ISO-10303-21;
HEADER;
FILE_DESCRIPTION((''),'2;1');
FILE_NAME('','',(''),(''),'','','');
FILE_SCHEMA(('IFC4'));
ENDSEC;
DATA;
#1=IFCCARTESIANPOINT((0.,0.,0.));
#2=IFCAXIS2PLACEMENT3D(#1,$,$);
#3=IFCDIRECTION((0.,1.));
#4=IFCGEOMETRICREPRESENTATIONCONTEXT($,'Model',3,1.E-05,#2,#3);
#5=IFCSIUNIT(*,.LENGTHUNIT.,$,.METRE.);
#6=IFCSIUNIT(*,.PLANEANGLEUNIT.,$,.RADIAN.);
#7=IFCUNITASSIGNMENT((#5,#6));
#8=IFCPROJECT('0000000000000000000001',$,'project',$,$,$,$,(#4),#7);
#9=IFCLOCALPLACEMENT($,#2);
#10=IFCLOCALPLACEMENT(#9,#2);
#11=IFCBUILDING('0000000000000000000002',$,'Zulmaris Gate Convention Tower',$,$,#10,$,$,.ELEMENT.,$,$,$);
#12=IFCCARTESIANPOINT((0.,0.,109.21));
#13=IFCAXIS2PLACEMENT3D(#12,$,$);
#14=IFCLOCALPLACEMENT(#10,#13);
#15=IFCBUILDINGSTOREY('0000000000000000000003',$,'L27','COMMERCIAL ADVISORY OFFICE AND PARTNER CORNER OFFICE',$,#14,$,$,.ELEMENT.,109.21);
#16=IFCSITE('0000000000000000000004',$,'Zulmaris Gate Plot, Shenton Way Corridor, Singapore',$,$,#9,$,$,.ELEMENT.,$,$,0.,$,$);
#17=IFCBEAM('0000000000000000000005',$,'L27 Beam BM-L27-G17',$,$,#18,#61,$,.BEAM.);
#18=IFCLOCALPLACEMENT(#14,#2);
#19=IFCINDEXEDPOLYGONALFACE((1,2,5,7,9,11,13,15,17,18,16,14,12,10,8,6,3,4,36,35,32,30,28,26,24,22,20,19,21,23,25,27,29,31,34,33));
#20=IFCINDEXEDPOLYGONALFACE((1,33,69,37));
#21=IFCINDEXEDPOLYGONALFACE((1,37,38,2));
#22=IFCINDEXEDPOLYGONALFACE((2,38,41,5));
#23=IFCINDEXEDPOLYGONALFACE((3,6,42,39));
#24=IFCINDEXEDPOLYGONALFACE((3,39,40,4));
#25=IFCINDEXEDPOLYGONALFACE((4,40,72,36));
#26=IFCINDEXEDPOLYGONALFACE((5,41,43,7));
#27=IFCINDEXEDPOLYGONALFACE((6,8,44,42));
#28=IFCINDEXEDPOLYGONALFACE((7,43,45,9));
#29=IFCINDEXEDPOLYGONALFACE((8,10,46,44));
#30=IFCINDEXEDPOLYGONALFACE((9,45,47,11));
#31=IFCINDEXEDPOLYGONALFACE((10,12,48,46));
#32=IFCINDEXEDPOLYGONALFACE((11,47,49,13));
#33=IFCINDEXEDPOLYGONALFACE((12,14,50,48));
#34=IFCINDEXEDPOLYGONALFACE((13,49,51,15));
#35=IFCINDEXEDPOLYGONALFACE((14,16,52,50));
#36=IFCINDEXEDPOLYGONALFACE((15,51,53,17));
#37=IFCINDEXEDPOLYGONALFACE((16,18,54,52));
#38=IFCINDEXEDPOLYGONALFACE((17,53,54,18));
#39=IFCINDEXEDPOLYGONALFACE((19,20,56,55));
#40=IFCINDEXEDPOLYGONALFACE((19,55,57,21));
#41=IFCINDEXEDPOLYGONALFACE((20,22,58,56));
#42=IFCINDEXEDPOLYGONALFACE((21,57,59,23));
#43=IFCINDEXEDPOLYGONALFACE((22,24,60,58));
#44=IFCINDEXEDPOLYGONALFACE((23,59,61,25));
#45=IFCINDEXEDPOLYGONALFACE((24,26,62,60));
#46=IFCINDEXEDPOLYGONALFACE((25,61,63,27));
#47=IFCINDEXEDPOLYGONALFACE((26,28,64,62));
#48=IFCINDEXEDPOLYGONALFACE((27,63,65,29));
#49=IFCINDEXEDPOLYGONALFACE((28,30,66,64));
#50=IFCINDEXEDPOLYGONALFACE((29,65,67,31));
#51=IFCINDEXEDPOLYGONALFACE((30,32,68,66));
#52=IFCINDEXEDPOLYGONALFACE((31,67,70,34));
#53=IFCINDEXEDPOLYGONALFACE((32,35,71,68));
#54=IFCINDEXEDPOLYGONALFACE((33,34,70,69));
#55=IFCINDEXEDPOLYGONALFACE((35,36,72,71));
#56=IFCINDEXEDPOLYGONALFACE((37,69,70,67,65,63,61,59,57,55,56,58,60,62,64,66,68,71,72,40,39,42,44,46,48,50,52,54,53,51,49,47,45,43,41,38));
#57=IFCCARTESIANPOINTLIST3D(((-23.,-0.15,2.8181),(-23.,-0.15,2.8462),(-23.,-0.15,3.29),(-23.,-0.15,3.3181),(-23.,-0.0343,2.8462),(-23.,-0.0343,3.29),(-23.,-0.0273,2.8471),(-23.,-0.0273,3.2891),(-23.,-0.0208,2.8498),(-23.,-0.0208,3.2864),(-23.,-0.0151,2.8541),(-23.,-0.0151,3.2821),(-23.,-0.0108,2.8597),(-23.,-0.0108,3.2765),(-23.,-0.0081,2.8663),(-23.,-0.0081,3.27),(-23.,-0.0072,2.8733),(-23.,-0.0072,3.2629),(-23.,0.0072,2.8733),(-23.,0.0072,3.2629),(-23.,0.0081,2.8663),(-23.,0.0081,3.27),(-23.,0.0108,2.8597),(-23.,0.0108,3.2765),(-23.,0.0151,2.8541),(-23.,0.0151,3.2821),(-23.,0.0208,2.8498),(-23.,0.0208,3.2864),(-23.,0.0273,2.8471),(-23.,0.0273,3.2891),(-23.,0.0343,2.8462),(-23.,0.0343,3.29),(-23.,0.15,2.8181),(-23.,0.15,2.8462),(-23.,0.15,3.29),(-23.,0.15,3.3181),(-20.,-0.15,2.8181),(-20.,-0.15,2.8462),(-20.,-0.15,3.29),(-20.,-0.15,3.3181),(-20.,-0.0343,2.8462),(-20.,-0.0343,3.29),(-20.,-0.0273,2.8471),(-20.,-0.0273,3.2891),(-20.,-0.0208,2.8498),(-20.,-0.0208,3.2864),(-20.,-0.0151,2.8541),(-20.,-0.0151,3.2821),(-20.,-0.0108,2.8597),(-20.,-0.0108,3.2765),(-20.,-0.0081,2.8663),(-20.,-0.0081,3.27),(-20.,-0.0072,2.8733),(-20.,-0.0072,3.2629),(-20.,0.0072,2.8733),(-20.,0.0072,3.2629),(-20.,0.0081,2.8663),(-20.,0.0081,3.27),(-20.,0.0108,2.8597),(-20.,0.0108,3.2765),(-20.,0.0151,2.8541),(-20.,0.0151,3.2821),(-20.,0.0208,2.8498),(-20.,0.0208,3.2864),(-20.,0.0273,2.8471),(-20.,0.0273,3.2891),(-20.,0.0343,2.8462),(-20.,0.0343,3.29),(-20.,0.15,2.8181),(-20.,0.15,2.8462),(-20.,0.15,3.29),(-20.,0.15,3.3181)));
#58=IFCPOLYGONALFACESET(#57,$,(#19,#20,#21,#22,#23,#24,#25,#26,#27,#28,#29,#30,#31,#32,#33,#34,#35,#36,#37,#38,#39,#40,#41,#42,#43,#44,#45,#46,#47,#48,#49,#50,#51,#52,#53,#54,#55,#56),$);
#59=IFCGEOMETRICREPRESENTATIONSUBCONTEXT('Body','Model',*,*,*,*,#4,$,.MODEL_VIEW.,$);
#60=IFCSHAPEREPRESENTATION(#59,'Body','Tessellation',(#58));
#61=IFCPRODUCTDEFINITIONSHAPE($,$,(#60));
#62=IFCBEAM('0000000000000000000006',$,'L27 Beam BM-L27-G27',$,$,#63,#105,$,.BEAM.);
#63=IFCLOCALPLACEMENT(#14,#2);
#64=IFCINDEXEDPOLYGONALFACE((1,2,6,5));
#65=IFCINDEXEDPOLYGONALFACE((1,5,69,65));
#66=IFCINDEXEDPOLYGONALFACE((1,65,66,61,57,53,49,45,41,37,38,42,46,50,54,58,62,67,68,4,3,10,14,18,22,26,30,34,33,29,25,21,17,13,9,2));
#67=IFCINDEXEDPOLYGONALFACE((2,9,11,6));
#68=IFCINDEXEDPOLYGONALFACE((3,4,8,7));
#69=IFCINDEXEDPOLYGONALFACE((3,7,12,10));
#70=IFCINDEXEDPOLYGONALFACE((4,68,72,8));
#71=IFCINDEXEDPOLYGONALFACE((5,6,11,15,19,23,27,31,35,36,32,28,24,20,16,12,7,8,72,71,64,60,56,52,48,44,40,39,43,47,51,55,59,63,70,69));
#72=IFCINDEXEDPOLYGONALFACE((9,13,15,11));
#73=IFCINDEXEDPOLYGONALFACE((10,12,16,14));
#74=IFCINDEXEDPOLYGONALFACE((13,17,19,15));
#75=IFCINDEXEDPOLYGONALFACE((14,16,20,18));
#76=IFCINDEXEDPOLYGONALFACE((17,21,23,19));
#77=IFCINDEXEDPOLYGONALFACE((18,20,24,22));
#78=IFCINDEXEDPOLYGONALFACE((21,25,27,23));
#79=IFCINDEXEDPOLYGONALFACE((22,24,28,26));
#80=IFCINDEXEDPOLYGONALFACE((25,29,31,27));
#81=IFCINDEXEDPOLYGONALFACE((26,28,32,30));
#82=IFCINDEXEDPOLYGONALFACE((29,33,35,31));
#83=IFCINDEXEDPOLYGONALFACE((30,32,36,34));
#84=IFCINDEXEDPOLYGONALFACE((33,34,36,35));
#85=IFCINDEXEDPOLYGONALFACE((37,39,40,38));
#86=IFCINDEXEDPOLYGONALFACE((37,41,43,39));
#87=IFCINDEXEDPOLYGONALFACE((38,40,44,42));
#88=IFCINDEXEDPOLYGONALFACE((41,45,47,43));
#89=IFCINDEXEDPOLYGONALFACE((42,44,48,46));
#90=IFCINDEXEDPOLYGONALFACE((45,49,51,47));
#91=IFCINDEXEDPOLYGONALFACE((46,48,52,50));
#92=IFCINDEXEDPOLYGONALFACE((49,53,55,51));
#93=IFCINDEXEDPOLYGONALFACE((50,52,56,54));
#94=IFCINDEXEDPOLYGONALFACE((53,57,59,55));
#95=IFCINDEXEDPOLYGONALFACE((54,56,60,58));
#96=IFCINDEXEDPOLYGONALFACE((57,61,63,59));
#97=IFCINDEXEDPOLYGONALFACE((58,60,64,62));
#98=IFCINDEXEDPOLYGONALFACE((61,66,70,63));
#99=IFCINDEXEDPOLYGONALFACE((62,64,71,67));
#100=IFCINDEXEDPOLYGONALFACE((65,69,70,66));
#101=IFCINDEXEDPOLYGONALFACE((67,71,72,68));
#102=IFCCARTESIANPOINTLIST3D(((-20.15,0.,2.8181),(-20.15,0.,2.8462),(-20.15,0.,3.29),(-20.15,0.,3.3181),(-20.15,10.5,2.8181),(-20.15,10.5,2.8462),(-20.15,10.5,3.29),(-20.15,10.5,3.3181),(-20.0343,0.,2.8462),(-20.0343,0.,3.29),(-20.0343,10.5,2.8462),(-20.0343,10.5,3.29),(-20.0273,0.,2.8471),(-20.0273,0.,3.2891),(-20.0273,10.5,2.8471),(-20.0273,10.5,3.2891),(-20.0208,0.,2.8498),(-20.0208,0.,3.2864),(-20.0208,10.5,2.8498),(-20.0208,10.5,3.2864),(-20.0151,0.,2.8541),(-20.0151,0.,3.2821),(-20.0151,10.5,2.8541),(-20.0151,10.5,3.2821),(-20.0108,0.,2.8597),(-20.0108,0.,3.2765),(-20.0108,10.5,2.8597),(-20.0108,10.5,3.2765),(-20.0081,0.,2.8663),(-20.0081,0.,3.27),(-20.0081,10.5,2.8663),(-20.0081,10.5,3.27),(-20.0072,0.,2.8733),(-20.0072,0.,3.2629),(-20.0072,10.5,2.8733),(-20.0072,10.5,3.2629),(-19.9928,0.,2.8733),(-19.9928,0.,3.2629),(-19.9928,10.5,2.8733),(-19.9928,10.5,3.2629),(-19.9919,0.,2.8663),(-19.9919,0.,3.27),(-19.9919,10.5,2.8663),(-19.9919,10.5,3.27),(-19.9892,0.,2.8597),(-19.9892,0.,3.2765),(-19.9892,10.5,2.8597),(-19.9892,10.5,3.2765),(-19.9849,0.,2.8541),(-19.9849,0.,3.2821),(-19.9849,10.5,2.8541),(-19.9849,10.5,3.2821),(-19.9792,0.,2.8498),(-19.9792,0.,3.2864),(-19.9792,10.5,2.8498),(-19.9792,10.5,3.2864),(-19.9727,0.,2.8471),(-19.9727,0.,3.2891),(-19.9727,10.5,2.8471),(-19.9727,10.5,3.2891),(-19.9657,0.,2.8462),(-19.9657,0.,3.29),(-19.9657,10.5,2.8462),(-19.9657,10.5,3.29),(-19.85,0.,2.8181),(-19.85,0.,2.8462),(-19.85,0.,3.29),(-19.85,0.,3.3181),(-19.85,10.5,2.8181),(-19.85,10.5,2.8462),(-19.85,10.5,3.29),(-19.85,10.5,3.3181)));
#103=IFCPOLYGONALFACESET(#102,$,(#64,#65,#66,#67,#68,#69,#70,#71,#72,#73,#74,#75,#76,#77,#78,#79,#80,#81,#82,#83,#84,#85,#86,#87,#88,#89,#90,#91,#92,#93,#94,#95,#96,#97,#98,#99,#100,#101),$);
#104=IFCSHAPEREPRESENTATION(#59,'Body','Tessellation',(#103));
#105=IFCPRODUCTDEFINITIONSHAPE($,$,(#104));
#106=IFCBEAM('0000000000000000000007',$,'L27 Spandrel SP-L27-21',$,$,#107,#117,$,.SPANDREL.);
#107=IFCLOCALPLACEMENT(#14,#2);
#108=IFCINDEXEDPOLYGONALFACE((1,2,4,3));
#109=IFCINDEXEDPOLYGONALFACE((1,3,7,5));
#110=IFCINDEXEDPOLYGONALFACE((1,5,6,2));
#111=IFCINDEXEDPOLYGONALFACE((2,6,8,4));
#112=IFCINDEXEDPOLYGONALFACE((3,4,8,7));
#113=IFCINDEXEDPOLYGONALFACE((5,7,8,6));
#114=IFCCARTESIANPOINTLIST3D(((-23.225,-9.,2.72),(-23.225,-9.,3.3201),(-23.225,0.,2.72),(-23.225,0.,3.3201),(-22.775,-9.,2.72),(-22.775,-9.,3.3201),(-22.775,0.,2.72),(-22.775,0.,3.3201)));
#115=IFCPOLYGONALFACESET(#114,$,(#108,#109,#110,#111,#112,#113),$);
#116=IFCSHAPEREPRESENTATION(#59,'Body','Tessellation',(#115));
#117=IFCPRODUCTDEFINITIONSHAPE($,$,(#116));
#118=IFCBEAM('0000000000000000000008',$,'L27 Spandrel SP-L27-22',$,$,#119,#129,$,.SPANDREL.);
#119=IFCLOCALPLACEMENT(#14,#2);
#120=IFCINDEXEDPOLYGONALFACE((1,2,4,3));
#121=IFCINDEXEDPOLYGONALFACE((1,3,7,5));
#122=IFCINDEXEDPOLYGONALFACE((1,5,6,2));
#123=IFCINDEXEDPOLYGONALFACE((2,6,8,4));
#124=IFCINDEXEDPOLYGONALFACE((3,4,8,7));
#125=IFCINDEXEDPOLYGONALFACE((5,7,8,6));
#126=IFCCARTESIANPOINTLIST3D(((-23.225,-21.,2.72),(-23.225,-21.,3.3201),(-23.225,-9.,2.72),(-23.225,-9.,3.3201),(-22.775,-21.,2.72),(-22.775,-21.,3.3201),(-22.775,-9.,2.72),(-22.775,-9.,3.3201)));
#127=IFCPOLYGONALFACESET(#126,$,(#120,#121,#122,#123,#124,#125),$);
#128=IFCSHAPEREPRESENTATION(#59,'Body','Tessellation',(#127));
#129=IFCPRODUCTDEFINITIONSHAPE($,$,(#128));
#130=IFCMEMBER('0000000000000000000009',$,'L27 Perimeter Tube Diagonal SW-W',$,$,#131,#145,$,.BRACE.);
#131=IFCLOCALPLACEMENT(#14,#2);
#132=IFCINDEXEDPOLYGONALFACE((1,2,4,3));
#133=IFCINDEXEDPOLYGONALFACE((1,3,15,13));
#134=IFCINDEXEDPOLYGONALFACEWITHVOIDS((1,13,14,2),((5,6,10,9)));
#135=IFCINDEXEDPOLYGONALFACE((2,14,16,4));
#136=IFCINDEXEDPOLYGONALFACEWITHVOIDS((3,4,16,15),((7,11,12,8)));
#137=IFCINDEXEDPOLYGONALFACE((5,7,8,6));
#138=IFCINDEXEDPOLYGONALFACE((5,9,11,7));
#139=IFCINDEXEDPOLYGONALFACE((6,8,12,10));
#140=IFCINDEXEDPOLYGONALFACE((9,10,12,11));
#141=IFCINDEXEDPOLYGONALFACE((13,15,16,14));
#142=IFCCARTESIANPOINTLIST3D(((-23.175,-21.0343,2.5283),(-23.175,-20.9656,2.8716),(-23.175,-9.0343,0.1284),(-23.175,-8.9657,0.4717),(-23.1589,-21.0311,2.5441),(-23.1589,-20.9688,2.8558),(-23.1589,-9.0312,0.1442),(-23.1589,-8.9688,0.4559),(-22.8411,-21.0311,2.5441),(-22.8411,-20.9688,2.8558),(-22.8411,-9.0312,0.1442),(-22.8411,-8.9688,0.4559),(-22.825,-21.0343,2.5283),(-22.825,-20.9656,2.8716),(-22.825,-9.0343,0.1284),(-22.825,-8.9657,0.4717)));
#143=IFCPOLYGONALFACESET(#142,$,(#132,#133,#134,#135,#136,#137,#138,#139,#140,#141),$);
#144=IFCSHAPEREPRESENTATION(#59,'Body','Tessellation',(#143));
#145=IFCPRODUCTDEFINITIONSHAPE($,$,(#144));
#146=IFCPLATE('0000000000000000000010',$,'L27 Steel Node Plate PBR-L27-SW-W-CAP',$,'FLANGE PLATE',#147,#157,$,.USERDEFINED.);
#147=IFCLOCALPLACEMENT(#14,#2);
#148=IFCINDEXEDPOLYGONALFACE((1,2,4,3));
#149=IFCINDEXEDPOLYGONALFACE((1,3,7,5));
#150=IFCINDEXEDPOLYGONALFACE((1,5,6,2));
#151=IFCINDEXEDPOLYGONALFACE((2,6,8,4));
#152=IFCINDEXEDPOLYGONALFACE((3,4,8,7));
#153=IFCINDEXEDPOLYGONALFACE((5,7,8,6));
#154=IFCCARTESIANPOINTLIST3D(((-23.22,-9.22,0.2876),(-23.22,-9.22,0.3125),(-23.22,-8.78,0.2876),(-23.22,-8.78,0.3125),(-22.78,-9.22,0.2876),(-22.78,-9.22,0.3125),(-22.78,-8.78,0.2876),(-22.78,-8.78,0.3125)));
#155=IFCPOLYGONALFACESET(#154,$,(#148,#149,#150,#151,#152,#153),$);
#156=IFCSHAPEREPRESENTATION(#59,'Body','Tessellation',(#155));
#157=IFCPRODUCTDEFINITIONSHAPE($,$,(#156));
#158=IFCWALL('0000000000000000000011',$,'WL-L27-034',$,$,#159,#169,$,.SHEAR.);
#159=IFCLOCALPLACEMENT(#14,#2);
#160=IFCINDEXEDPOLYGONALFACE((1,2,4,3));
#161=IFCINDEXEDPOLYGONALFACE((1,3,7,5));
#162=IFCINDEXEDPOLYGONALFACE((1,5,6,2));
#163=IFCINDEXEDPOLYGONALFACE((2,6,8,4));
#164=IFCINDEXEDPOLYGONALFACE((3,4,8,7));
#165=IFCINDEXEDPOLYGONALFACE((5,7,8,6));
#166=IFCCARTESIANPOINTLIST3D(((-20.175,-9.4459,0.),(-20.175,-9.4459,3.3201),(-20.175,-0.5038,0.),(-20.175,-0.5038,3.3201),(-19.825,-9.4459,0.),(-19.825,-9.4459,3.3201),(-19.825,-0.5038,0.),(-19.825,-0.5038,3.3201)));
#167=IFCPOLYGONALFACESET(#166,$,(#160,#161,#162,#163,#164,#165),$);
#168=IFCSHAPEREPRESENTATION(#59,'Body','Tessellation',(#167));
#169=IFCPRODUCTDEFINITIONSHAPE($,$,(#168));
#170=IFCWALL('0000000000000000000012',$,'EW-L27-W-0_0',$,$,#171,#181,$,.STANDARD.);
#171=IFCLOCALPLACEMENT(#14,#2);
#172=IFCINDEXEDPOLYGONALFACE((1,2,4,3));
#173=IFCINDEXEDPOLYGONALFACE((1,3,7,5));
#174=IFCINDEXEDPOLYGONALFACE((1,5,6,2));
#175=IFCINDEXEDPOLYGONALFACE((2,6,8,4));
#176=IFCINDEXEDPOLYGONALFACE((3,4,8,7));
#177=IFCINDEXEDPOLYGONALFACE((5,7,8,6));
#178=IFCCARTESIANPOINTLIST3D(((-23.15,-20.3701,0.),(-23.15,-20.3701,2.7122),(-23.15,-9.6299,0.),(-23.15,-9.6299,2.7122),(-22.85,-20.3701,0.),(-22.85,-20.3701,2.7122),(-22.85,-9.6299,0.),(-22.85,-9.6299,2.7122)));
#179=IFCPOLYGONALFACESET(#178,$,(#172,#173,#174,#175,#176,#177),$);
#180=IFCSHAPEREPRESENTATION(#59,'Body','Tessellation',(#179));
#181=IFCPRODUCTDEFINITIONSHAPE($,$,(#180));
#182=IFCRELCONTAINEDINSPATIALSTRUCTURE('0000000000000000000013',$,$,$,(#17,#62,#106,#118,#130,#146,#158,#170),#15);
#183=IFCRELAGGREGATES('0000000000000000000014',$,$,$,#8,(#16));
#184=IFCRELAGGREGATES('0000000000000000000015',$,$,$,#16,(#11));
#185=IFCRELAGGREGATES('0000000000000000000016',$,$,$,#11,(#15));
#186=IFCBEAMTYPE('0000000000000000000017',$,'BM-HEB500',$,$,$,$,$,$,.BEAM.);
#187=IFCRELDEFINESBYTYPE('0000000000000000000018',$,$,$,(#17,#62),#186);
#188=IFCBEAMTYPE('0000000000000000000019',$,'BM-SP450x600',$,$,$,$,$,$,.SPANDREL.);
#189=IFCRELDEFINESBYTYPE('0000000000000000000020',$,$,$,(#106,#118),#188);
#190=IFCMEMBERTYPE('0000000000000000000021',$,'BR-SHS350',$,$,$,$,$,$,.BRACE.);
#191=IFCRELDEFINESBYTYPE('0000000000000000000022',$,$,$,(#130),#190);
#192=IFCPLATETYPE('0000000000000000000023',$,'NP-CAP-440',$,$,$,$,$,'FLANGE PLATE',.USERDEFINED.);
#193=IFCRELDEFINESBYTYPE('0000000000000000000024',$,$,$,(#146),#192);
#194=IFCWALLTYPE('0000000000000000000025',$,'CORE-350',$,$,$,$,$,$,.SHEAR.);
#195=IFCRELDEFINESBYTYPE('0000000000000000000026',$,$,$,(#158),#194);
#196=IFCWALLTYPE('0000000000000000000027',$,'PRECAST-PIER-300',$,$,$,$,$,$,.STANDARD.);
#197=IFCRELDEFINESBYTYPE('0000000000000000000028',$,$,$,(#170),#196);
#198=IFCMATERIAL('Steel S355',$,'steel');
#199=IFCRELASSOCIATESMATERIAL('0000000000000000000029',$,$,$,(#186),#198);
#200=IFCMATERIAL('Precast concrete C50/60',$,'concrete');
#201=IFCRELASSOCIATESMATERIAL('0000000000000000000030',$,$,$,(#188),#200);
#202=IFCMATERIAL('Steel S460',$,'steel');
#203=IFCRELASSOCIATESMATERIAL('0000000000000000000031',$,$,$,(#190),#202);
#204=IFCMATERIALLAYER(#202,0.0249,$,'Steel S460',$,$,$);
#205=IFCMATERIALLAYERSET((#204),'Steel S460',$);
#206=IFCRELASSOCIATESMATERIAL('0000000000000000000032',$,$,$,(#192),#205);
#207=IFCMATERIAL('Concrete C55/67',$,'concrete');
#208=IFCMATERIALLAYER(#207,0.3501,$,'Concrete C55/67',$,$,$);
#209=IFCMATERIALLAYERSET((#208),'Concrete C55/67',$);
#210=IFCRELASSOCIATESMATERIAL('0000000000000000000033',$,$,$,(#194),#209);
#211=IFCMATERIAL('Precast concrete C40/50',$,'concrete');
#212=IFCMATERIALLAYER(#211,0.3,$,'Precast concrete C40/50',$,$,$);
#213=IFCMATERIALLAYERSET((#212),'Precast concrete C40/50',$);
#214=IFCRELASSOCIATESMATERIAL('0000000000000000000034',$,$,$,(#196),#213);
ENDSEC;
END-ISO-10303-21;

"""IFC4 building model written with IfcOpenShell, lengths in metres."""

from ifc_helpers import new_model, si_unit, direction, frame, frame_2d, origin, origin_2d, place, context, subcontext, project, spatial, rectangle, hollow_rectangle, i_section, extrude, material, layer, layer_set, material_profile, profile_set, type_object, element, save


model = new_model("IFC4")

# Units and contexts
model_context = context("Model", 3, precision=1e-05, world=origin(), true_north=direction((0.0, 1.0)))
body_context = subcontext(model_context, "Body", "Model", "MODEL_VIEW")
ifc_project = project(units=[si_unit("LENGTHUNIT", "METRE"), si_unit("PLANEANGLEUNIT", "RADIAN")], contexts=[model_context])

# Site, building, storey
site_placement = place(None, origin())
site = spatial("IfcSite", under=ifc_project, at=site_placement, Name="Zulmaris Gate Plot, Shenton Way Corridor, Singapore", CompositionType="ELEMENT", RefElevation=0.0)
building_placement = place(site_placement, origin())
building = spatial("IfcBuilding", under=site, at=building_placement, Name="Zulmaris Gate Convention Tower", CompositionType="ELEMENT")
storey_placement = place(building_placement, frame((0.0, 0.0, 109.21)))
storey = spatial("IfcBuildingStorey", under=building, at=storey_placement, Name="L27", Description="COMMERCIAL ADVISORY OFFICE AND PARTNER CORNER OFFICE", CompositionType="ELEMENT", Elevation=109.21)

# Beams
ifc_material_1 = material(Name="Steel S355", Category="steel")
ifc_material_profile_1 = material_profile(ifc_material_1, i_section(OverallWidth=0.3, OverallDepth=0.5, WebThickness=0.0144, FlangeThickness=0.0281, FilletRadius=0.0271, at=origin_2d()), Name="HEB 500")
ifc_profile_set_1 = profile_set([ifc_material_profile_1], Name="Steel S355")
beam_type_1 = type_object("IfcBeamType", Name="BM-HEB500", PredefinedType="BEAM", material=ifc_profile_set_1)
for number, where, z_axis, x_axis, name in (
    (1, (-23.0, 0.0, 3.0681), (1.0, 0.0, 0.0), (0.0, 1.0, 0.0), "L27 Beam BM-L27-G17"),
):
    element("IfcBeam", number, at=place(storey_placement, frame(where, z_axis=z_axis, x_axis=x_axis)), inside=storey, type_object=beam_type_1, Name=name, PredefinedType="BEAM", context=body_context, shape_type="SweptSolid", body=[
        extrude(i_section(OverallWidth=0.3, OverallDepth=0.5, WebThickness=0.0144, FlangeThickness=0.0281, FilletRadius=0.0271, at=origin_2d()), origin(), (0.0, 0.0, 1.0), 3.0),
    ])
beam_1_placement = place(storey_placement, frame((-20.0, 0.0, 3.0681), z_axis=(0.0, 1.0, 0.0), x_axis=(-1.0, 0.0, 0.0)))
element("IfcBeam", 2, at=beam_1_placement, inside=storey, type_object=beam_type_1, Name="L27 Beam BM-L27-G27", PredefinedType="BEAM", context=body_context, shape_type="SweptSolid", body=[
    extrude(i_section(OverallWidth=0.3, OverallDepth=0.5, WebThickness=0.0144, FlangeThickness=0.0281, FilletRadius=0.0271, at=origin_2d()), origin(), (0.0, 0.0, 1.0), 10.5),
])
ifc_material_2 = material(Name="Precast concrete C50/60", Category="concrete")
ifc_material_profile_2 = material_profile(ifc_material_2, rectangle(XDim=0.45, YDim=0.6001, at=origin_2d()), Name="RC SPANDREL 450x600")
ifc_profile_set_2 = profile_set([ifc_material_profile_2], Name="Precast concrete C50/60")
beam_type_2 = type_object("IfcBeamType", Name="BM-SP450x600", PredefinedType="SPANDREL", material=ifc_profile_set_2)
beam_2_placement = place(storey_placement, frame((-23.0, 0.0, 3.02), z_axis=(0.0, -1.0, 0.0), x_axis=(1.0, 0.0, 0.0)))
element("IfcBeam", 3, at=beam_2_placement, inside=storey, type_object=beam_type_2, Name="L27 Spandrel SP-L27-21", PredefinedType="SPANDREL", context=body_context, shape_type="SweptSolid", body=[
    extrude(rectangle(XDim=0.45, YDim=0.6001, at=origin_2d()), origin(), (0.0, 0.0, 1.0), 9.0),
])
beam_3_placement = place(storey_placement, frame((-23.0, -9.0, 3.02), z_axis=(0.0, -1.0, 0.0), x_axis=(1.0, 0.0, 0.0)))
element("IfcBeam", 4, at=beam_3_placement, inside=storey, type_object=beam_type_2, Name="L27 Spandrel SP-L27-22", PredefinedType="SPANDREL", context=body_context, shape_type="SweptSolid", body=[
    extrude(rectangle(XDim=0.45, YDim=0.6001, at=origin_2d()), origin(), (0.0, 0.0, 1.0), 12.0),
])

# Member
ifc_material_3 = material(Name="Steel S460", Category="steel")
ifc_material_profile_3 = material_profile(ifc_material_3, hollow_rectangle(XDim=0.3501, YDim=0.3501, WallThickness=0.0161, at=origin_2d()), Name="SHS 350x350x16")
ifc_profile_set_3 = profile_set([ifc_material_profile_3], Name="Steel S460")
member_type = type_object("IfcMemberType", Name="BR-SHS350", PredefinedType="BRACE", material=ifc_profile_set_3)
member_placement = place(storey_placement, frame((-23.0, -9.0, 0.3), z_axis=(0.0, -0.980582, 0.196108), x_axis=(1.0, 0.0, 0.0)))
element("IfcMember", 5, at=member_placement, inside=storey, type_object=member_type, Name="L27 Perimeter Tube Diagonal SW-W", PredefinedType="BRACE", context=body_context, shape_type="SweptSolid", body=[
    extrude(hollow_rectangle(XDim=0.3501, YDim=0.3501, WallThickness=0.0161, at=origin_2d()), origin(), (0.0, 0.0, 1.0), 12.2375),
])

# Plate
ifc_layer_1 = layer(ifc_material_3, 0.0249, Name="Steel S460")
ifc_layer_set_1 = layer_set([ifc_layer_1], Name="Steel S460")
plate_type = type_object("IfcPlateType", Name="NP-CAP-440", ElementType="FLANGE PLATE", PredefinedType="USERDEFINED", material=ifc_layer_set_1)
plate_placement = place(storey_placement, frame((-23.0, -9.0, 0.2876), z_axis=(0.0, 0.0, 1.0), x_axis=(1.0, 0.0, 0.0)))
element("IfcPlate", 6, at=plate_placement, inside=storey, type_object=plate_type, Name="L27 Steel Node Plate PBR-L27-SW-W-CAP", ObjectType="FLANGE PLATE", PredefinedType="USERDEFINED", context=body_context, shape_type="SweptSolid", body=[
    extrude(rectangle(XDim=0.4399, YDim=0.4399, at=origin_2d()), origin(), (0.0, 0.0, 1.0), 0.0249),
])

# Walls
ifc_material_4 = material(Name="Concrete C55/67", Category="concrete")
ifc_layer_2 = layer(ifc_material_4, 0.3501, Name="Concrete C55/67")
ifc_layer_set_2 = layer_set([ifc_layer_2], Name="Concrete C55/67")
wall_type_1 = type_object("IfcWallType", Name="CORE-350", PredefinedType="SHEAR", material=ifc_layer_set_2)
wall_1_placement = place(storey_placement, frame((-20.0, -9.446, 0.0), z_axis=(0.0, 0.0, 1.0), x_axis=(0.0, 1.0, 0.0)))
element("IfcWall", 7, at=wall_1_placement, inside=storey, type_object=wall_type_1, Name="WL-L27-034", PredefinedType="SHEAR", context=body_context, shape_type="SweptSolid", body=[
    extrude(rectangle(XDim=8.9421, YDim=0.3501, at=frame_2d((4.4712, 0.0))), origin(), (0.0, 0.0, 1.0), 3.3201),
])
ifc_material_5 = material(Name="Precast concrete C40/50", Category="concrete")
ifc_layer_3 = layer(ifc_material_5, 0.3, Name="Precast concrete C40/50")
ifc_layer_set_3 = layer_set([ifc_layer_3], Name="Precast concrete C40/50")
wall_type_2 = type_object("IfcWallType", Name="PRECAST-PIER-300", PredefinedType="STANDARD", material=ifc_layer_set_3)
wall_2_placement = place(storey_placement, frame((-23.0, -9.6299, 0.0), z_axis=(0.0, 0.0, 1.0), x_axis=(0.0, -1.0, 0.0)))
element("IfcWall", 8, at=wall_2_placement, inside=storey, type_object=wall_type_2, Name="EW-L27-W-0_0", PredefinedType="STANDARD", context=body_context, shape_type="SweptSolid", body=[
    extrude(rectangle(XDim=10.7402, YDim=0.3, at=frame_2d((5.3701, 0.0))), origin(), (0.0, 0.0, 1.0), 2.7122),
])

save(model, "model.ifc")
